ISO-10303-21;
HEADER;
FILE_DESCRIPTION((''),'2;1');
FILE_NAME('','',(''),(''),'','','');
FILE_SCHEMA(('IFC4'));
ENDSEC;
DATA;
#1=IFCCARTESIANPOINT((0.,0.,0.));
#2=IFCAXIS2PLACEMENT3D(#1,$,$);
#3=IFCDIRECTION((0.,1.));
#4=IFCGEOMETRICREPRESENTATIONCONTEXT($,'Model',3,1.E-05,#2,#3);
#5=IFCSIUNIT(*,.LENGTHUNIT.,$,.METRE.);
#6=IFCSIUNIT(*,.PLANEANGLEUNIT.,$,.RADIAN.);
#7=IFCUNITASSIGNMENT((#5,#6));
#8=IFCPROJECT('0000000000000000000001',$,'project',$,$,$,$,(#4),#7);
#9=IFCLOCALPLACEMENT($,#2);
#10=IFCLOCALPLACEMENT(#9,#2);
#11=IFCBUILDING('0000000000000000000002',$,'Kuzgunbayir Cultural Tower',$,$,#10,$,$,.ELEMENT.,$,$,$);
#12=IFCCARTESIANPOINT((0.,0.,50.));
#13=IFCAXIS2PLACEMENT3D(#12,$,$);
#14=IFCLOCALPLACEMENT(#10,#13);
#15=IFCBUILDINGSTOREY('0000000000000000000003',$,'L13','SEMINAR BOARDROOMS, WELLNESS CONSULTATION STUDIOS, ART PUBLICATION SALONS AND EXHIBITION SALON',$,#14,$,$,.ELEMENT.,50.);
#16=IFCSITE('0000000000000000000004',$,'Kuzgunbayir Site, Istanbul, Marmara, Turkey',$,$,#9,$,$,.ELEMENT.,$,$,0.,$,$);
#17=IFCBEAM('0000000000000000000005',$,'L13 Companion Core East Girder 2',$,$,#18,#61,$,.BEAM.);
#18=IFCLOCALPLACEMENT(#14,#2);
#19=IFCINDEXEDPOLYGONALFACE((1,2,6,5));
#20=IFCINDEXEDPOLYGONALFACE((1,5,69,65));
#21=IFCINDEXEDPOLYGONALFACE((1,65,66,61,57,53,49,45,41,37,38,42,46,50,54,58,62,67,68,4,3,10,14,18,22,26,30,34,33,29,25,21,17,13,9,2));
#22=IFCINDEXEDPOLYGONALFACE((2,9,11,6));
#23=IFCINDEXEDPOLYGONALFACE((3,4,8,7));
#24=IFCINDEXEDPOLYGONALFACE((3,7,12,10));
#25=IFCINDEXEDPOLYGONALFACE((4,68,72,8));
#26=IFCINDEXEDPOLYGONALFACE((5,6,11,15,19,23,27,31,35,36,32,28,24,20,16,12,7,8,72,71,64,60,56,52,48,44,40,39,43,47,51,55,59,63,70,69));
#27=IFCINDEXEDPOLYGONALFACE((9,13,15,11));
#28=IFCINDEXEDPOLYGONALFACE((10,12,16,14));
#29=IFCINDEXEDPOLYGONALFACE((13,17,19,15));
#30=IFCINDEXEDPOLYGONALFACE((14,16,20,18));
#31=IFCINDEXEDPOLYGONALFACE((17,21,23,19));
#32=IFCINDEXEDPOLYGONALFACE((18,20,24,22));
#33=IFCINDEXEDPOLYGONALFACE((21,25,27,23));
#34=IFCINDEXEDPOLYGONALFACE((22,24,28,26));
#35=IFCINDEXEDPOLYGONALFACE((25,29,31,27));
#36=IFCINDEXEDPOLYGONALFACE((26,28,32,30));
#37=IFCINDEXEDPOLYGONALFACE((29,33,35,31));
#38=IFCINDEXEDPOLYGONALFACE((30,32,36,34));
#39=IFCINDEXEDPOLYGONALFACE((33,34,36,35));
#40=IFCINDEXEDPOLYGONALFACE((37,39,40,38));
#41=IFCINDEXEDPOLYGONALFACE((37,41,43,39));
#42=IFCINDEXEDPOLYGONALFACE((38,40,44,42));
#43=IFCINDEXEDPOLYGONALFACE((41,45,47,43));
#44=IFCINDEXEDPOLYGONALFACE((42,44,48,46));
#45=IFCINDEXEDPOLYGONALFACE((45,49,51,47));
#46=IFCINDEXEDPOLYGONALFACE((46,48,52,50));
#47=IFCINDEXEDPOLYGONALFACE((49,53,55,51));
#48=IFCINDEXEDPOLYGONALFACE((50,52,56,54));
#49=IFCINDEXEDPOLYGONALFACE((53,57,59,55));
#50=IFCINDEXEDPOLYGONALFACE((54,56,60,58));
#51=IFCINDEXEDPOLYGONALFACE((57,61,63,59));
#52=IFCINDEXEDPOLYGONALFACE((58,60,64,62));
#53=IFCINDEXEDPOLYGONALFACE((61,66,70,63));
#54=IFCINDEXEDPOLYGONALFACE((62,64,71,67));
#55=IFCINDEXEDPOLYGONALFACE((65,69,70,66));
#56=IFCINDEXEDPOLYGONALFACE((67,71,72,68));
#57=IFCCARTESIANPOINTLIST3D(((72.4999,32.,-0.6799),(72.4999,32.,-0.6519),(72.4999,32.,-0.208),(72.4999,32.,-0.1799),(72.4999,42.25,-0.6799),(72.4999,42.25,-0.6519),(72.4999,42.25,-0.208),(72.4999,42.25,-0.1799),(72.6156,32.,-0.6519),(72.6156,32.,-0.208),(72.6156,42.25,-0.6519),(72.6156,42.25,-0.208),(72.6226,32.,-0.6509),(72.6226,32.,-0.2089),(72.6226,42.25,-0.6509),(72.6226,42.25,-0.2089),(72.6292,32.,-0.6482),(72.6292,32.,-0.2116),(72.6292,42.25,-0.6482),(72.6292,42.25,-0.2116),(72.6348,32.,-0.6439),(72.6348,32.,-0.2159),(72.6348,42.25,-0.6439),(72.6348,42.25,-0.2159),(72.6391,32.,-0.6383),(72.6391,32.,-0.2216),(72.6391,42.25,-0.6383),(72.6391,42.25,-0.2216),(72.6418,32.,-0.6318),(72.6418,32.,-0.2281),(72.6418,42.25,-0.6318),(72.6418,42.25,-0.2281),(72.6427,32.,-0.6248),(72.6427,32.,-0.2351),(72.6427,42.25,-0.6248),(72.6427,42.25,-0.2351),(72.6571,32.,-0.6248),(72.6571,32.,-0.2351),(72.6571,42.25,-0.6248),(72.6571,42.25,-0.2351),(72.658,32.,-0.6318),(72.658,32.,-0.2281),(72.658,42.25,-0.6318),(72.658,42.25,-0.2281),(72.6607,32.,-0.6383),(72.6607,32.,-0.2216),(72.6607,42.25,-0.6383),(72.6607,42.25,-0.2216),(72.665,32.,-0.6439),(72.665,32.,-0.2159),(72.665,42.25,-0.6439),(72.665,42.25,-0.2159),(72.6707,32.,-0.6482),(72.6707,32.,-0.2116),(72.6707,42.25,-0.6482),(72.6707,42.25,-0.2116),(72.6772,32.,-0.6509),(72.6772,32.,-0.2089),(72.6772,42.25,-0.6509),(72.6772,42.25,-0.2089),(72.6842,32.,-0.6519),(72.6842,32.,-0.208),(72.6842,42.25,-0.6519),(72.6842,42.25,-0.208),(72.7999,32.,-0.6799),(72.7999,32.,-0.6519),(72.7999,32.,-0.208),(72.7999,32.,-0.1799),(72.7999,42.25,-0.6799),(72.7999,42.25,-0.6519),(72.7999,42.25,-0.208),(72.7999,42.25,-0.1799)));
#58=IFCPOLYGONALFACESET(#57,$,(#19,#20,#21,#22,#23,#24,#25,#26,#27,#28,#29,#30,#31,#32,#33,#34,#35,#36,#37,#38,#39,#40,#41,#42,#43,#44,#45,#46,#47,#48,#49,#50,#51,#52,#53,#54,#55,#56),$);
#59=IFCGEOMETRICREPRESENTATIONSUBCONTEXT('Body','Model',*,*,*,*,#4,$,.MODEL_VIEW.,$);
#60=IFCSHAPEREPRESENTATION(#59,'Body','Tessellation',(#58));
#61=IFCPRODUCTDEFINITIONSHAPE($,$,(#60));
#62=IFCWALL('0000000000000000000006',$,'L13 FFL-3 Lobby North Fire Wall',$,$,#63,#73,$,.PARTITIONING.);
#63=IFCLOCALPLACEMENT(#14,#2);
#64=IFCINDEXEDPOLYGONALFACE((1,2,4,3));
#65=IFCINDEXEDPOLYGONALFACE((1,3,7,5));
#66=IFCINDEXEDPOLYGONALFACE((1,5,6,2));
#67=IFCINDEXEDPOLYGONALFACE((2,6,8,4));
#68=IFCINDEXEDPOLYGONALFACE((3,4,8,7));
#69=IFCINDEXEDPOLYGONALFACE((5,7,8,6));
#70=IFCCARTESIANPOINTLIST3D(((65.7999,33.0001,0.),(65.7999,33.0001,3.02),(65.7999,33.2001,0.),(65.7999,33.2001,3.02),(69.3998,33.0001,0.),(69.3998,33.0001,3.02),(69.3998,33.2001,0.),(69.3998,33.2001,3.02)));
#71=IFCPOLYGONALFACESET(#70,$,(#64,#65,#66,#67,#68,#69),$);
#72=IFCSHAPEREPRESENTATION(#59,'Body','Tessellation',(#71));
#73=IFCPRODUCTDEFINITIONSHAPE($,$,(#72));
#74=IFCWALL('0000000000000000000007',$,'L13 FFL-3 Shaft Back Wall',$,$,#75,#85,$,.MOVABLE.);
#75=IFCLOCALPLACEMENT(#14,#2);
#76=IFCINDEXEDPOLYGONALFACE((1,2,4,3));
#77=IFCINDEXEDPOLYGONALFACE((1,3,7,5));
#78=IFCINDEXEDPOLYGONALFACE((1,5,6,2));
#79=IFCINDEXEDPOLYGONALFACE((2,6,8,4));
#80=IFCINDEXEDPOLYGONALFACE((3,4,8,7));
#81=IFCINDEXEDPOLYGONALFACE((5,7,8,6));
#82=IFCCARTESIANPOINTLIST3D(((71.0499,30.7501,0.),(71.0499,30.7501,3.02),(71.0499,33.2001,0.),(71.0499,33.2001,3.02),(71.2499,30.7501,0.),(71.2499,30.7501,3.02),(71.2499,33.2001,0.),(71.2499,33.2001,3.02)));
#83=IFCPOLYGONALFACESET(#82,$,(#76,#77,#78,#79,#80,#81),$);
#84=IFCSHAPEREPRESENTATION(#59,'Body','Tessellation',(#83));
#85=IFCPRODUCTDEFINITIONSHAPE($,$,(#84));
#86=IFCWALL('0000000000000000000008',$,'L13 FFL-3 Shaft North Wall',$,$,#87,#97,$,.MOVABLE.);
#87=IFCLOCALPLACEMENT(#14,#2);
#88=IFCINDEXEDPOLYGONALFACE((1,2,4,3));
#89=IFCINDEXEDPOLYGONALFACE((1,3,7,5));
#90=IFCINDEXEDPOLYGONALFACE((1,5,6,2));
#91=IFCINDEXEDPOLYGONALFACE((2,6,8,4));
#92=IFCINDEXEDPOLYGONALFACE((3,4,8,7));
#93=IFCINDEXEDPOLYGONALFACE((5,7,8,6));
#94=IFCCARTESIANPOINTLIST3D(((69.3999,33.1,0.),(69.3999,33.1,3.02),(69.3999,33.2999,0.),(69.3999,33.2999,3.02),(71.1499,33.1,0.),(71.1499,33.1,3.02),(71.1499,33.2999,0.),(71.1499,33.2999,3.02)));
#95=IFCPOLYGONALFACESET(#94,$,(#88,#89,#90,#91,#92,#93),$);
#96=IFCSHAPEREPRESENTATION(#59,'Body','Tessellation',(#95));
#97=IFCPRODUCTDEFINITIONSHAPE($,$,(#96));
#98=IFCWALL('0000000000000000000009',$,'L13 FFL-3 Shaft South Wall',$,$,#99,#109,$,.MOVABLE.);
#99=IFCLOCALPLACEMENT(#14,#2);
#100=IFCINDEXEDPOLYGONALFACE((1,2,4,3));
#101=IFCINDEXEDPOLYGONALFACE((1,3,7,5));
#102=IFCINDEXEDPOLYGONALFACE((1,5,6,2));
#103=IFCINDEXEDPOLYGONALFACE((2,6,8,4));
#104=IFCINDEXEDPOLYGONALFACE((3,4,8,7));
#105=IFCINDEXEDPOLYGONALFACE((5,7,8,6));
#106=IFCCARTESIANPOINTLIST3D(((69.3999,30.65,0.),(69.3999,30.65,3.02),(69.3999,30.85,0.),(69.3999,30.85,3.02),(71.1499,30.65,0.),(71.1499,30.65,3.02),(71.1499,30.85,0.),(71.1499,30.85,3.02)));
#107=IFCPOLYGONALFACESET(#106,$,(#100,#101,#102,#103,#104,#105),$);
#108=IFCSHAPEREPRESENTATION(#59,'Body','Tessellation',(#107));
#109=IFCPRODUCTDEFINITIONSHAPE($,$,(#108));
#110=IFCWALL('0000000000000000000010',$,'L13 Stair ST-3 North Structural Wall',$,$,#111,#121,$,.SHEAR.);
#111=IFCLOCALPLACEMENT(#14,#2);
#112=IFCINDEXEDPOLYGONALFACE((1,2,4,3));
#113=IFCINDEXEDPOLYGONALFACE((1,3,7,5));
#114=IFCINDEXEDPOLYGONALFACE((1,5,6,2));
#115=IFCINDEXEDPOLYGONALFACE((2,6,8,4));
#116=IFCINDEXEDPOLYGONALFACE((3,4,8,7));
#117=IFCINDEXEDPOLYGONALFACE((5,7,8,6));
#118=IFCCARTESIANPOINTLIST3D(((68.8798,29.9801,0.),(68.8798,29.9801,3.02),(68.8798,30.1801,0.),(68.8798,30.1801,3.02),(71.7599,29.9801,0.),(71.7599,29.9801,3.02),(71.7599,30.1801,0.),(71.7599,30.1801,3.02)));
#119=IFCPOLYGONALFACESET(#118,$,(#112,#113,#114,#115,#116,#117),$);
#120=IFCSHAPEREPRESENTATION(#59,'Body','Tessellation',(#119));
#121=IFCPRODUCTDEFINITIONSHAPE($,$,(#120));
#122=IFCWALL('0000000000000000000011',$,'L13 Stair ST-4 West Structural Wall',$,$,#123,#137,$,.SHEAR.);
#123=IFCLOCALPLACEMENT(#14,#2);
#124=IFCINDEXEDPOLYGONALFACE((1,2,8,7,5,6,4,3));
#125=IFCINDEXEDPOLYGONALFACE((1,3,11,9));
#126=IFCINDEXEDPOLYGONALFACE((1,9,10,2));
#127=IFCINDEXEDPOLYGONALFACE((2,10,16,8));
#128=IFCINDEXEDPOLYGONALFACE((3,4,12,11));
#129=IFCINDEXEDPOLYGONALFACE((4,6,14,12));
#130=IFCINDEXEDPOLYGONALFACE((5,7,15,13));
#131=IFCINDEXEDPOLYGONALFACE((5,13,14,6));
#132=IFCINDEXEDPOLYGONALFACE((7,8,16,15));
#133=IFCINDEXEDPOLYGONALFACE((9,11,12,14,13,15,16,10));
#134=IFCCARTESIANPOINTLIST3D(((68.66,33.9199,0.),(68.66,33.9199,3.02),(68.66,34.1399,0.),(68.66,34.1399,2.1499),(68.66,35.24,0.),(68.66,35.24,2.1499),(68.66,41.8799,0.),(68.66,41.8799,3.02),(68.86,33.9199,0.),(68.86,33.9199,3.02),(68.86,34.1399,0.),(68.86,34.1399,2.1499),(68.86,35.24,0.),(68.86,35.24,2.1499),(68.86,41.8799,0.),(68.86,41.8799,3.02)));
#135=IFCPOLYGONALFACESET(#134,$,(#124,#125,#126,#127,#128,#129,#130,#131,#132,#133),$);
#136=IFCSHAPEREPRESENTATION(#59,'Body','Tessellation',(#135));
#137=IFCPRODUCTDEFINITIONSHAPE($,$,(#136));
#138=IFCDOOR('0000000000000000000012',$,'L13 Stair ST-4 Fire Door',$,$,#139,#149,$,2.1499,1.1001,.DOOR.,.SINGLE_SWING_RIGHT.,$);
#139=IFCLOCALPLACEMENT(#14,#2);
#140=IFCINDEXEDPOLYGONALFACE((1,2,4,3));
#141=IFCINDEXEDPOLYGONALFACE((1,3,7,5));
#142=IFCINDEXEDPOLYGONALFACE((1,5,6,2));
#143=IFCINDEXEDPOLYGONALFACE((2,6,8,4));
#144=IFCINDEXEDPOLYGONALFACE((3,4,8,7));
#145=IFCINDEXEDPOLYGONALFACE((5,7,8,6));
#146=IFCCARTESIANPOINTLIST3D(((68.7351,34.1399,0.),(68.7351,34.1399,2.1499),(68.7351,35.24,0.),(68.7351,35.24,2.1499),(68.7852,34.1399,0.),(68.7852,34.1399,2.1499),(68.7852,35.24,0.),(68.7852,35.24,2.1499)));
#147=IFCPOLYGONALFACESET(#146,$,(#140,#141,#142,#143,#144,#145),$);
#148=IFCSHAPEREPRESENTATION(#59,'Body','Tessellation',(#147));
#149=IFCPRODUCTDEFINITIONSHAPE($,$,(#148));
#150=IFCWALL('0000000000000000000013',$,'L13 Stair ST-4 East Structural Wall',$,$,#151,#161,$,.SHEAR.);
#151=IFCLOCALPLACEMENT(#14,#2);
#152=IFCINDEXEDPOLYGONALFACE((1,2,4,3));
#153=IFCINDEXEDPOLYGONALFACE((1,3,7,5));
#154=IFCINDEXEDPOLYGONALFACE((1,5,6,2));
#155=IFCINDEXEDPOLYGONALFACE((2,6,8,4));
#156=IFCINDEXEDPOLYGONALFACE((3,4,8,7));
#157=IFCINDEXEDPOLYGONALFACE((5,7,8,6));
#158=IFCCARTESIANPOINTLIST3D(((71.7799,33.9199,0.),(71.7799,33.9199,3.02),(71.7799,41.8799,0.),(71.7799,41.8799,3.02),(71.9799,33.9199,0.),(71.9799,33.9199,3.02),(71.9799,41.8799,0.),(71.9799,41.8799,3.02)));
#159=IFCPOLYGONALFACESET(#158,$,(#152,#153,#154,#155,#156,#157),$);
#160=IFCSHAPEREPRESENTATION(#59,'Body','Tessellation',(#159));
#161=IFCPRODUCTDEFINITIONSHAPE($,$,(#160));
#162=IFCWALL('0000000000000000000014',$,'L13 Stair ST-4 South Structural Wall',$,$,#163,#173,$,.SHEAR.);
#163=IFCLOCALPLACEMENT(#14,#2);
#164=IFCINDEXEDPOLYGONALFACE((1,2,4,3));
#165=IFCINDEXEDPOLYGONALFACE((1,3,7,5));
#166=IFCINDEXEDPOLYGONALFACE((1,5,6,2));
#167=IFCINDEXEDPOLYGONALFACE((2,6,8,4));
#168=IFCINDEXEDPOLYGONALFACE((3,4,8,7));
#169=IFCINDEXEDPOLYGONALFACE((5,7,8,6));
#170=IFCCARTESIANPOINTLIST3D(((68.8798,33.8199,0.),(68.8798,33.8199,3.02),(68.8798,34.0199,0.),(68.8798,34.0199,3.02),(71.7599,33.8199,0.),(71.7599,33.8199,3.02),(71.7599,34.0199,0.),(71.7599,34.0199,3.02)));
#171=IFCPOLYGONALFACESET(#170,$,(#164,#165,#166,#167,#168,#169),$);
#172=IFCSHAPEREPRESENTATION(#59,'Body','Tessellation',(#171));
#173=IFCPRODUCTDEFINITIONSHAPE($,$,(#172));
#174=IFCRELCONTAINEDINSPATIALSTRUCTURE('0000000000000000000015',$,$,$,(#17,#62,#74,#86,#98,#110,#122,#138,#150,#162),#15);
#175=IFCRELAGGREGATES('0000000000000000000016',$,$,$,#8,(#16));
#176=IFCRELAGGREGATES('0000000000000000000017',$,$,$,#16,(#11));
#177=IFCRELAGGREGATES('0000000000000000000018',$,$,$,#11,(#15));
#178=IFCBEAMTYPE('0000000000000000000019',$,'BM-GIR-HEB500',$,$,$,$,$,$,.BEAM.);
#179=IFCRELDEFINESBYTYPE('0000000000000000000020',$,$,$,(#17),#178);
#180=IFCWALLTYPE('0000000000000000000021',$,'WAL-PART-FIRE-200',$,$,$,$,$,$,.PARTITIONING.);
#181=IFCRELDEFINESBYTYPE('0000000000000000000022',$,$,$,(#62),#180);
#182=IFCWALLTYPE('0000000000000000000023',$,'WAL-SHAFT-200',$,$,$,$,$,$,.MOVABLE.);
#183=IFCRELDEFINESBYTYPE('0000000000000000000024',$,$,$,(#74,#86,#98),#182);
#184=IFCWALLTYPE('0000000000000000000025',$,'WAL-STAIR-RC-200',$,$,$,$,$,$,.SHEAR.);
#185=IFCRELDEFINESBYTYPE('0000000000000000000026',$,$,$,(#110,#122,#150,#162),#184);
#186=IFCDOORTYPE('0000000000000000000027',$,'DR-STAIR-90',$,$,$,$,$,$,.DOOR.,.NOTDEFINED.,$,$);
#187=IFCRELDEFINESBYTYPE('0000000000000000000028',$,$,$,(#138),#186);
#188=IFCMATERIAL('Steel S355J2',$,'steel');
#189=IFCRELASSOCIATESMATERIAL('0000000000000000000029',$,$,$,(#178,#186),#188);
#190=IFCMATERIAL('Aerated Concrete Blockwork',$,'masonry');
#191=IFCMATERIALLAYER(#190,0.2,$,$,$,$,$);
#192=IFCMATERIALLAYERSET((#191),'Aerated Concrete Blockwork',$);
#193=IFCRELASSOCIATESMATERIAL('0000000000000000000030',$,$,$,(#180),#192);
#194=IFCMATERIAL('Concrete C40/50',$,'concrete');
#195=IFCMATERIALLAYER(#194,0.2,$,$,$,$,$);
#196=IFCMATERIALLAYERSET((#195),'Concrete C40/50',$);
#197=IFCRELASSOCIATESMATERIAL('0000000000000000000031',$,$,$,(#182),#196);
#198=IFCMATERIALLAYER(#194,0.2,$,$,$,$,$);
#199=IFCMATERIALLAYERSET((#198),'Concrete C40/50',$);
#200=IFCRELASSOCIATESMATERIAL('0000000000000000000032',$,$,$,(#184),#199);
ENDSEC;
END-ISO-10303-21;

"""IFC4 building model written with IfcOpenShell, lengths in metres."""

from ifc_helpers import new_model, si_unit, direction, frame, frame_2d, origin, origin_2d, place, context, subcontext, project, spatial, rectangle, i_section, extrude, material, layer, layer_set, material_profile, profile_set, type_object, element, fill, save


model = new_model("IFC4")

# Units and contexts
model_context = context("Model", 3, precision=1e-05, world=origin(), true_north=direction((0.0, 1.0)))
body_context = subcontext(model_context, "Body", "Model", "MODEL_VIEW")
ifc_project = project(units=[si_unit("LENGTHUNIT", "METRE"), si_unit("PLANEANGLEUNIT", "RADIAN")], contexts=[model_context])

# Site, building, storey
site_placement = place(None, origin())
site = spatial("IfcSite", under=ifc_project, at=site_placement, Name="Kuzgunbayir Site, Istanbul, Marmara, Turkey", CompositionType="ELEMENT", RefElevation=0.0)
building_placement = place(site_placement, origin())
building = spatial("IfcBuilding", under=site, at=building_placement, Name="Kuzgunbayir Cultural Tower", CompositionType="ELEMENT")
storey_placement = place(building_placement, frame((0.0, 0.0, 50.0)))
storey = spatial("IfcBuildingStorey", under=building, at=storey_placement, Name="L13", Description="SEMINAR BOARDROOMS, WELLNESS CONSULTATION STUDIOS, ART PUBLICATION SALONS AND EXHIBITION SALON", CompositionType="ELEMENT", Elevation=50.0)

# Beam
ifc_material_1 = material(Name="Steel S355J2", Category="steel")
ifc_material_profile_1 = material_profile(ifc_material_1, i_section(OverallWidth=0.3, OverallDepth=0.5, WebThickness=0.0144, FlangeThickness=0.0281, FilletRadius=0.0271, at=origin_2d()), Name="HEB 500")
ifc_profile_set_1 = profile_set([ifc_material_profile_1], Name="Steel S355J2")
beam_type_1 = type_object("IfcBeamType", Name="BM-GIR-HEB500", PredefinedType="BEAM", material=ifc_profile_set_1)
for number, where, z_axis, x_axis, name in (
    (1, (72.6499, 32.0, -0.4299), (0.0, 1.0, 0.0), (-1.0, 0.0, 0.0), "L13 Companion Core East Girder 2"),
):
    element("IfcBeam", number, at=place(storey_placement, frame(where, z_axis=z_axis, x_axis=x_axis)), inside=storey, type_object=beam_type_1, Name=name, PredefinedType="BEAM", context=body_context, shape_type="SweptSolid", body=[
        extrude(i_section(OverallWidth=0.3, OverallDepth=0.5, WebThickness=0.0144, FlangeThickness=0.0281, FilletRadius=0.0271, at=origin_2d()), origin(), (0.0, 0.0, 1.0), 10.25),
    ])

# Wall
ifc_material_2 = material(Name="Aerated Concrete Blockwork", Category="masonry")
ifc_layer_1 = layer(ifc_material_2, 0.2)
ifc_layer_set_1 = layer_set([ifc_layer_1], Name="Aerated Concrete Blockwork")
wall_type_1 = type_object("IfcWallType", Name="WAL-PART-FIRE-200", PredefinedType="PARTITIONING", material=ifc_layer_set_1)
wall_1_placement = place(storey_placement, frame((65.8, 33.1001, 0.0), z_axis=(0.0, 0.0, 1.0), x_axis=(1.0, 0.0, 0.0)))
element("IfcWall", 2, at=wall_1_placement, inside=storey, type_object=wall_type_1, Name="L13 FFL-3 Lobby North Fire Wall", PredefinedType="PARTITIONING", context=body_context, shape_type="SweptSolid", body=[
    extrude(rectangle(XDim=3.5999, YDim=0.2, at=frame_2d((1.7998, 0.0))), origin(), (0.0, 0.0, 1.0), 3.02),
])

# Shared definitions
ifc_material_3 = material(Name="Concrete C40/50", Category="concrete")
ifc_layer_2 = layer(ifc_material_3, 0.2)
ifc_layer_set_2 = layer_set([ifc_layer_2], Name="Concrete C40/50")
wall_type_2 = type_object("IfcWallType", Name="WAL-SHAFT-200", PredefinedType="MOVABLE", material=ifc_layer_set_2)

# Walls
wall_2_placement = place(storey_placement, frame((71.1499, 30.75, 0.0), z_axis=(0.0, 0.0, 1.0), x_axis=(0.0, 1.0, 0.0)))
element("IfcWall", 3, at=wall_2_placement, inside=storey, type_object=wall_type_2, Name="L13 FFL-3 Shaft Back Wall", PredefinedType="MOVABLE", context=body_context, shape_type="SweptSolid", body=[
    extrude(rectangle(XDim=2.45, YDim=0.2, at=frame_2d((1.2251, 0.0))), origin(), (0.0, 0.0, 1.0), 3.02),
])
for number, where, z_axis, x_axis, name in (
    (4, (69.3999, 33.2, 0.0), (0.0, 0.0, 1.0), (1.0, 0.0, 0.0), "L13 FFL-3 Shaft North Wall"),
    (5, (69.3999, 30.75, 0.0), (0.0, 0.0, 1.0), (1.0, 0.0, 0.0), "L13 FFL-3 Shaft South Wall"),
):
    element("IfcWall", number, at=place(storey_placement, frame(where, z_axis=z_axis, x_axis=x_axis)), inside=storey, type_object=wall_type_2, Name=name, PredefinedType="MOVABLE", context=body_context, shape_type="SweptSolid", body=[
        extrude(rectangle(XDim=1.75, YDim=0.2, at=frame_2d((0.875, 0.0))), origin(), (0.0, 0.0, 1.0), 3.02),
    ])
ifc_layer_3 = layer(ifc_material_3, 0.2)
ifc_layer_set_3 = layer_set([ifc_layer_3], Name="Concrete C40/50")
wall_type_3 = type_object("IfcWallType", Name="WAL-STAIR-RC-200", PredefinedType="SHEAR", material=ifc_layer_set_3)
wall_3_placement = place(storey_placement, frame((68.8799, 30.0801, 0.0), z_axis=(0.0, 0.0, 1.0), x_axis=(1.0, 0.0, 0.0)))
element("IfcWall", 6, at=wall_3_placement, inside=storey, type_object=wall_type_3, Name="L13 Stair ST-3 North Structural Wall", PredefinedType="SHEAR", context=body_context, shape_type="SweptSolid", body=[
    extrude(rectangle(XDim=2.8801, YDim=0.2, at=frame_2d((1.4399, 0.0))), origin(), (0.0, 0.0, 1.0), 3.02),
])

# Wall, opening, door
wall_4_placement = place(storey_placement, frame((68.76, 33.9199, 0.0), z_axis=(0.0, 0.0, 1.0), x_axis=(0.0, 1.0, 0.0)))
wall_4 = element("IfcWall", 7, at=wall_4_placement, inside=storey, type_object=wall_type_3, Name="L13 Stair ST-4 West Structural Wall", PredefinedType="SHEAR", context=body_context, shape_type="SweptSolid", body=[
    extrude(rectangle(XDim=7.96, YDim=0.2, at=frame_2d((3.98, 0.0))), origin(), (0.0, 0.0, 1.0), 3.02),
])
opening_1_placement = place(wall_4_placement, frame((0.22, 0.0, 0.0)))
opening_1 = element("IfcOpeningElement", 8, at=opening_1_placement, cuts=wall_4, PredefinedType="OPENING", context=body_context, shape_type="SweptSolid", body=[
    extrude(rectangle(XDim=1.1001, YDim=2.1499, at=frame_2d((0.55, 1.075))), frame((0.0, 0.1099, 0.0), z_axis=(0.0, -1.0, 0.0), x_axis=(1.0, 0.0, 0.0)), (0.0, 0.0, 1.0), 0.22),
])
door_type_1 = type_object("IfcDoorType", Name="DR-STAIR-90", OperationType="NOTDEFINED", PredefinedType="DOOR", material=ifc_material_1)
door_1_placement = place(opening_1_placement, origin())
door_1 = element("IfcDoor", 9, at=door_1_placement, inside=storey, type_object=door_type_1, Name="L13 Stair ST-4 Fire Door", OperationType="SINGLE_SWING_RIGHT", OverallHeight=2.1499, OverallWidth=1.1001, PredefinedType="DOOR", context=body_context, shape_type="SweptSolid", body=[
    extrude(rectangle(XDim=1.1001, YDim=2.1499, at=frame_2d((0.55, 1.075))), frame((0.0, 0.0249, 0.0), z_axis=(0.0, -1.0, 0.0), x_axis=(1.0, 0.0, 0.0)), (0.0, 0.0, 1.0), 0.05),
])
fill(opening_1, door_1)

# Walls
wall_5_placement = place(storey_placement, frame((71.8799, 33.9199, 0.0), z_axis=(0.0, 0.0, 1.0), x_axis=(0.0, 1.0, 0.0)))
element("IfcWall", 10, at=wall_5_placement, inside=storey, type_object=wall_type_3, Name="L13 Stair ST-4 East Structural Wall", PredefinedType="SHEAR", context=body_context, shape_type="SweptSolid", body=[
    extrude(rectangle(XDim=7.96, YDim=0.2, at=frame_2d((3.98, 0.0))), origin(), (0.0, 0.0, 1.0), 3.02),
])
wall_6_placement = place(storey_placement, frame((68.8799, 33.9199, 0.0), z_axis=(0.0, 0.0, 1.0), x_axis=(1.0, 0.0, 0.0)))
element("IfcWall", 11, at=wall_6_placement, inside=storey, type_object=wall_type_3, Name="L13 Stair ST-4 South Structural Wall", PredefinedType="SHEAR", context=body_context, shape_type="SweptSolid", body=[
    extrude(rectangle(XDim=2.8801, YDim=0.2, at=frame_2d((1.4399, 0.0))), origin(), (0.0, 0.0, 1.0), 3.02),
])

save(model, "model.ifc")
